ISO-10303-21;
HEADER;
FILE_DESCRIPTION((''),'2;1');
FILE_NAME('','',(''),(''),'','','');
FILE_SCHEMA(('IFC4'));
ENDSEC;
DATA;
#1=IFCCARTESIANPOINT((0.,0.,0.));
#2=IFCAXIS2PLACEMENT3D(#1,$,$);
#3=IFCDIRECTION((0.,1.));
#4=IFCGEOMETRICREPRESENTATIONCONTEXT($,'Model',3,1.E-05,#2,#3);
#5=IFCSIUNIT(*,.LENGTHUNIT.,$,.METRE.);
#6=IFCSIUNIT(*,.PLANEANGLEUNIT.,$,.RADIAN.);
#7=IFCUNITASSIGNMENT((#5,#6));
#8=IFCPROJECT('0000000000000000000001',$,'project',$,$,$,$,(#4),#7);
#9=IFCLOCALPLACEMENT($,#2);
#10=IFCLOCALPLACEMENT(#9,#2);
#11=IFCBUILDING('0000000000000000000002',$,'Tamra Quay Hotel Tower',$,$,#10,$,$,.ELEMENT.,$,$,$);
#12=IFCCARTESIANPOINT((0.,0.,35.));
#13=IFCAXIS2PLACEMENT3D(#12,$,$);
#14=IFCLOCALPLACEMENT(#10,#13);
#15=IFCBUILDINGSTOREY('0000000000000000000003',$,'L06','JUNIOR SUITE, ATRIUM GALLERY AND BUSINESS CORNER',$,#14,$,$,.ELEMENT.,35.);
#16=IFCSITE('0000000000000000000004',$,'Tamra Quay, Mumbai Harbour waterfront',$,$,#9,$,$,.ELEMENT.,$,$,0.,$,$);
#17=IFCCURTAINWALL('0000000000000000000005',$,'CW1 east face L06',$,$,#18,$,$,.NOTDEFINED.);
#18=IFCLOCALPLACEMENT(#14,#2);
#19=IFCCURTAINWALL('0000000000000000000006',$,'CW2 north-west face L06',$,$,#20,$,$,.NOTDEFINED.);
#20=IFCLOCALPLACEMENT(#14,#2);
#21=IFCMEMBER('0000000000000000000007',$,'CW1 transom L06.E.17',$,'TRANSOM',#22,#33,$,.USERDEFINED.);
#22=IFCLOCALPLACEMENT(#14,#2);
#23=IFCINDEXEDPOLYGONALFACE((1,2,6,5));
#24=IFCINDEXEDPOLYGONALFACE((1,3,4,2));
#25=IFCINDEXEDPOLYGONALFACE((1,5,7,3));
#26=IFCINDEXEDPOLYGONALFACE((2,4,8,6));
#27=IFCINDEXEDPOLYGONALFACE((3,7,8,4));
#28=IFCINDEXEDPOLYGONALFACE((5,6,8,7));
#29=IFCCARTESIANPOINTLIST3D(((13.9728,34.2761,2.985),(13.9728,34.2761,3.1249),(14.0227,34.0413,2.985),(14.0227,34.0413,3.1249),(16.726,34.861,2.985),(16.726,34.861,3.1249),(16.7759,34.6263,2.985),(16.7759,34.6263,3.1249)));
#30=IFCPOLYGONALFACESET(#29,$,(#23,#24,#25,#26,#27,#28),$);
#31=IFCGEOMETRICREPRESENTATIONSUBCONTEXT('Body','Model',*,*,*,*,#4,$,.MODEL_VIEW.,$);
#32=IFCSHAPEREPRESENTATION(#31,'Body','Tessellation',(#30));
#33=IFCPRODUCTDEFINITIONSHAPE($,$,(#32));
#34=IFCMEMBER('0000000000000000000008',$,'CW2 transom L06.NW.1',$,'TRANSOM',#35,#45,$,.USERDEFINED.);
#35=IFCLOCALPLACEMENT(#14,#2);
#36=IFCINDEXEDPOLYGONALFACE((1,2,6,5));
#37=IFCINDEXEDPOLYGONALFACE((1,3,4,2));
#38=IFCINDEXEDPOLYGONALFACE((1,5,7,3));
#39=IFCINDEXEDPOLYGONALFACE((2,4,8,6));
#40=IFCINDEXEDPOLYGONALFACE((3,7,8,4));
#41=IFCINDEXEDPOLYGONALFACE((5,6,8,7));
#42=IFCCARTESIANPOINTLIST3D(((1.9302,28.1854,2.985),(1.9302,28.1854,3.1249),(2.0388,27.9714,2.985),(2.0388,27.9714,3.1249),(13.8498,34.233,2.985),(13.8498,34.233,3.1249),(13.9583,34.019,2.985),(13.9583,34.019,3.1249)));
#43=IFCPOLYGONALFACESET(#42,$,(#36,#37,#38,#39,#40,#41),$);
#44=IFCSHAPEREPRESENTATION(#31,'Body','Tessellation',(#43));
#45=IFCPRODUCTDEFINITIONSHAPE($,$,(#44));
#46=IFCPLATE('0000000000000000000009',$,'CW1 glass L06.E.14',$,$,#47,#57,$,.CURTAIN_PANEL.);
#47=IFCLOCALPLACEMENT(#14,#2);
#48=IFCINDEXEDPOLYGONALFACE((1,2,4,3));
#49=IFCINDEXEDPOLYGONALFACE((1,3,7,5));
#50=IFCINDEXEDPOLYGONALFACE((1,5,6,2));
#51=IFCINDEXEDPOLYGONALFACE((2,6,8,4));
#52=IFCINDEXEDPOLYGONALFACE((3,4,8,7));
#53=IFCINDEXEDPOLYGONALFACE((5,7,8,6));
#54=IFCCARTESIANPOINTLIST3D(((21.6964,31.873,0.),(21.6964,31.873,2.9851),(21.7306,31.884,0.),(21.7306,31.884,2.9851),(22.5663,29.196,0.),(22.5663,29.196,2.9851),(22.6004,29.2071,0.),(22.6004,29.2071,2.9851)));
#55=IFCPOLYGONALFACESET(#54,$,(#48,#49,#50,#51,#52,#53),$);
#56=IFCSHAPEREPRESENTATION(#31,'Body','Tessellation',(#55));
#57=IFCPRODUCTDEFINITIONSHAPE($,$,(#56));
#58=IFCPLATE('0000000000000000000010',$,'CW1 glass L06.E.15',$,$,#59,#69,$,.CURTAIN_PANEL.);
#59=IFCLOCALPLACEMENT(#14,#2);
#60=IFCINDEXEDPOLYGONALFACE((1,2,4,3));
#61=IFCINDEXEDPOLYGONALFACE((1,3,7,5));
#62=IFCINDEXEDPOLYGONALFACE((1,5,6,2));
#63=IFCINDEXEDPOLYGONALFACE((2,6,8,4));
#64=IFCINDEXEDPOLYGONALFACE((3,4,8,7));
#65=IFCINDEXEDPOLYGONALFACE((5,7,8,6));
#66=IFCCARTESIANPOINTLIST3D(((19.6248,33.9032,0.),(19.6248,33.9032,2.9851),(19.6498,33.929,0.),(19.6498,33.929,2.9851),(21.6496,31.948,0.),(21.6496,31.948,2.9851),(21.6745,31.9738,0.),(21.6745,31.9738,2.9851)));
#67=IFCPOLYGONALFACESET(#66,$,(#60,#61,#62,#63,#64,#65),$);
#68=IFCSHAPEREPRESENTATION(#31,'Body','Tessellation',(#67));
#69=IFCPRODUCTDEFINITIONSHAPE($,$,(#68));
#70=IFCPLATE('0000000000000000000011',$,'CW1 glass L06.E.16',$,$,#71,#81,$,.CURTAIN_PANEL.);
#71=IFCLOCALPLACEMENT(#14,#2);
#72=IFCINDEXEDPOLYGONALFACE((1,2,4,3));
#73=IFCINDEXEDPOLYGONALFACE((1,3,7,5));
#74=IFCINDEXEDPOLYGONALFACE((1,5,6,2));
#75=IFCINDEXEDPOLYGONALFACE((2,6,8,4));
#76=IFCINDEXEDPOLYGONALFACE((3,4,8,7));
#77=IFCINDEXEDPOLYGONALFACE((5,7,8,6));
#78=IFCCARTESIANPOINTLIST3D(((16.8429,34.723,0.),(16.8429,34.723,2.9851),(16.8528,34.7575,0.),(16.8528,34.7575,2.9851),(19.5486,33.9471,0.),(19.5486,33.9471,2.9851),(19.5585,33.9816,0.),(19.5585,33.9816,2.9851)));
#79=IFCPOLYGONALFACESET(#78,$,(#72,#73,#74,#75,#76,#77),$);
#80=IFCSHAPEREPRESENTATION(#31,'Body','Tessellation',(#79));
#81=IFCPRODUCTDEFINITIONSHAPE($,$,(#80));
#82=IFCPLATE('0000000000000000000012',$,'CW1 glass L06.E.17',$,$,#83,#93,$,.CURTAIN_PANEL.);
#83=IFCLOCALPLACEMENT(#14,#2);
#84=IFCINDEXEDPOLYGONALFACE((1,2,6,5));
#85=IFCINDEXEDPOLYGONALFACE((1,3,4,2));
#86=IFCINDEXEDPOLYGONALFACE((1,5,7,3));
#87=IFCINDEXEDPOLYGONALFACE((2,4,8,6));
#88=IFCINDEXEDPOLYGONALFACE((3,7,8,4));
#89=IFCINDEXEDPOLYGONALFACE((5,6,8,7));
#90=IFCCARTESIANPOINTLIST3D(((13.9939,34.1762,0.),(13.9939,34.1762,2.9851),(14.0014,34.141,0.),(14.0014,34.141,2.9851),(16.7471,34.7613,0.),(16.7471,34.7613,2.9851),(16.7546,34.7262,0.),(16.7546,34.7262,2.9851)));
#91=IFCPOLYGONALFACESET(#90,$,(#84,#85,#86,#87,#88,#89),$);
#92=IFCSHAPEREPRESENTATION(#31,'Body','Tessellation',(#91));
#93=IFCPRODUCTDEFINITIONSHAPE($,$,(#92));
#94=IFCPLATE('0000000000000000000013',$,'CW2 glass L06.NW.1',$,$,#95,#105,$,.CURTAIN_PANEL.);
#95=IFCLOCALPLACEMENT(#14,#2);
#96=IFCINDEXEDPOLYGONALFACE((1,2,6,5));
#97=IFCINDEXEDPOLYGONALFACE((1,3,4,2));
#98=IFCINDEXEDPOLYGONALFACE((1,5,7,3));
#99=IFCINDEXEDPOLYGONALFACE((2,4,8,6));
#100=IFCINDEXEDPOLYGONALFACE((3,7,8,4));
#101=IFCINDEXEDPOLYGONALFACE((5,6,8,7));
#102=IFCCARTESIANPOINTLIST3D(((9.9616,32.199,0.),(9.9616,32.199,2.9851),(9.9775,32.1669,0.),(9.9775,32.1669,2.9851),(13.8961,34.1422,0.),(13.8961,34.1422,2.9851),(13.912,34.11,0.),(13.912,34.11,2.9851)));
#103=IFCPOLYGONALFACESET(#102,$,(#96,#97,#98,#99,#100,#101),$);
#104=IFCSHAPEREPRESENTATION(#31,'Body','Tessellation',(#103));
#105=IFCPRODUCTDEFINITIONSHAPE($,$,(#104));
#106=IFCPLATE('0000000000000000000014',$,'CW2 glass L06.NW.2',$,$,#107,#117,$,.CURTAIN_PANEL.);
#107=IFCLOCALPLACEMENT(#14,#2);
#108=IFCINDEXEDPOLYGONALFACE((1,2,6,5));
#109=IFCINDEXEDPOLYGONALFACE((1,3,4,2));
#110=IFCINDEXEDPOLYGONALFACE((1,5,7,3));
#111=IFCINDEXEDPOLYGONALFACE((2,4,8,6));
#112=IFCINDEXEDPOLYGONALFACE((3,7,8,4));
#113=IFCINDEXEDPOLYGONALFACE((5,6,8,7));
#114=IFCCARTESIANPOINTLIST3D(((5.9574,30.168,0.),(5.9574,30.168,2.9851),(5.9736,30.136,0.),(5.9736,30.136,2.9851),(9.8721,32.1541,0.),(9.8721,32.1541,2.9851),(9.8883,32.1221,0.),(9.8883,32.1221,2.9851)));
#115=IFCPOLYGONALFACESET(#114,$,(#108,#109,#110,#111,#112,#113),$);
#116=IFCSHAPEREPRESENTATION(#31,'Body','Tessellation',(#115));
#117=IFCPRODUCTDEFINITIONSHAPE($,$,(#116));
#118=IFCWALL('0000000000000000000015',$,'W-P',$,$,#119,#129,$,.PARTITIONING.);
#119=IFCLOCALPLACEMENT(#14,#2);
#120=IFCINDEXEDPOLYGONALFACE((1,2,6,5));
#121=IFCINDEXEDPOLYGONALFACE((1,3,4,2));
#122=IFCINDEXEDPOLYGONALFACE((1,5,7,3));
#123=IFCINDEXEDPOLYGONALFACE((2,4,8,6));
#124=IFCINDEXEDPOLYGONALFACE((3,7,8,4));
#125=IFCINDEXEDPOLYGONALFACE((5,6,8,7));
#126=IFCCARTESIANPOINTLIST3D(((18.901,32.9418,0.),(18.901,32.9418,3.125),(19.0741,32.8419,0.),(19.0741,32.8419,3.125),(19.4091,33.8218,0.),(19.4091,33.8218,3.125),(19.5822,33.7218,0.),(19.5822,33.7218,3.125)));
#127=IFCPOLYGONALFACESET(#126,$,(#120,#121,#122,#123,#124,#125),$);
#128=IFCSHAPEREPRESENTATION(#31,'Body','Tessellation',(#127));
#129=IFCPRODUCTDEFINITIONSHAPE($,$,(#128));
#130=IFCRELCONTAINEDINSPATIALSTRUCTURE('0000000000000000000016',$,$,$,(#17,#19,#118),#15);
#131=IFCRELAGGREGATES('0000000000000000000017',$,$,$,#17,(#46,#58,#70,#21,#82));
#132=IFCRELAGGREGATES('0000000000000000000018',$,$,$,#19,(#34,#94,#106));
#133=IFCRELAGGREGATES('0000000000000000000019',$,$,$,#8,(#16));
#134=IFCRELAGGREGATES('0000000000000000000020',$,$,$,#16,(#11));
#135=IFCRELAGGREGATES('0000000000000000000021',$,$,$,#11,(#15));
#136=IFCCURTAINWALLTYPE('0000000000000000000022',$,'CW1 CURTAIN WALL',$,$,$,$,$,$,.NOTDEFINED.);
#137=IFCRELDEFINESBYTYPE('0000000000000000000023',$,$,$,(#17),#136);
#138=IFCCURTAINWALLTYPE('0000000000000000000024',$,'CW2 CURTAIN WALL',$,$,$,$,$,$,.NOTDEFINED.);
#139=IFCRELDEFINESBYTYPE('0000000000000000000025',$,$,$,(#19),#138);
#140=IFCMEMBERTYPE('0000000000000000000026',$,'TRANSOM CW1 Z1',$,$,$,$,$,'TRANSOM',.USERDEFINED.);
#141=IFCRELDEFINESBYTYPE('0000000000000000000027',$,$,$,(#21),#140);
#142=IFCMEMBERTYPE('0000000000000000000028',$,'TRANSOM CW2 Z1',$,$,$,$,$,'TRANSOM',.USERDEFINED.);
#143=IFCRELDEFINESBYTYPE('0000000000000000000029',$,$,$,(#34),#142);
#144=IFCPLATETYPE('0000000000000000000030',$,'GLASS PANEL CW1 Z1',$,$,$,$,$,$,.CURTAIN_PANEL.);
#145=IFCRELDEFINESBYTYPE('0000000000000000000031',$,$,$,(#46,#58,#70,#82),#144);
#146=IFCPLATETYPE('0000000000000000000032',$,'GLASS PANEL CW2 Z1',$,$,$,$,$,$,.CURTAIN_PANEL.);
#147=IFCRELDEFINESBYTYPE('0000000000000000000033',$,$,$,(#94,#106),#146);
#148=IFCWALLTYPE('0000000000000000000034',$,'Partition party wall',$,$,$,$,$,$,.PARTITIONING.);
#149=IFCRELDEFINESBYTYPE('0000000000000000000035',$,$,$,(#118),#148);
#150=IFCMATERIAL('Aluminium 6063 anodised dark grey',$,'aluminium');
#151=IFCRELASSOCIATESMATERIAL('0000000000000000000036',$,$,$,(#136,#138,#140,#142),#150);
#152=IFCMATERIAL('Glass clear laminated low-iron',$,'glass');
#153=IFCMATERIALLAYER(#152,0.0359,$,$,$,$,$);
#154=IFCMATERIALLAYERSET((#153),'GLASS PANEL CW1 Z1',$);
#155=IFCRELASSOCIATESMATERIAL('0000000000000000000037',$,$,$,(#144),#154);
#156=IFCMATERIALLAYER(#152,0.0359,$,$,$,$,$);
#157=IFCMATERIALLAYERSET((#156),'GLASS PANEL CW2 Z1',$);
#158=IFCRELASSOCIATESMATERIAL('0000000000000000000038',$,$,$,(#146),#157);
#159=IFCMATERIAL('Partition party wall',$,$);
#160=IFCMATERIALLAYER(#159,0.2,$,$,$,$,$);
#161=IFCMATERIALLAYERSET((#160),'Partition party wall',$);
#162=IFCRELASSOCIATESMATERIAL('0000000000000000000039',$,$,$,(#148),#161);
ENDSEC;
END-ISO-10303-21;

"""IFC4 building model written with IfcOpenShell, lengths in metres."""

from ifc_helpers import new_model, si_unit, direction, frame, frame_2d, origin, origin_2d, place, context, subcontext, project, spatial, rectangle, extrude, material, layer, layer_set, material_profile, profile_set, type_object, element, aggregate, save


model = new_model("IFC4")

# Units and contexts
model_context = context("Model", 3, precision=1e-05, world=origin(), true_north=direction((0.0, 1.0)))
body_context = subcontext(model_context, "Body", "Model", "MODEL_VIEW")
ifc_project = project(units=[si_unit("LENGTHUNIT", "METRE"), si_unit("PLANEANGLEUNIT", "RADIAN")], contexts=[model_context])

# Site, building, storey
site_placement = place(None, origin())
site = spatial("IfcSite", under=ifc_project, at=site_placement, Name="Tamra Quay, Mumbai Harbour waterfront", CompositionType="ELEMENT", RefElevation=0.0)
building_placement = place(site_placement, origin())
building = spatial("IfcBuilding", under=site, at=building_placement, Name="Tamra Quay Hotel Tower", CompositionType="ELEMENT")
storey_placement = place(building_placement, frame((0.0, 0.0, 35.0)))
storey = spatial("IfcBuildingStorey", under=building, at=storey_placement, Name="L06", Description="JUNIOR SUITE, ATRIUM GALLERY AND BUSINESS CORNER", CompositionType="ELEMENT", Elevation=35.0)

# Curtain walls
ifc_material_1 = material(Name="Aluminium 6063 anodised dark grey", Category="aluminium")
curtain_wall_type_1 = type_object("IfcCurtainWallType", Name="CW1 CURTAIN WALL", PredefinedType="NOTDEFINED", material=ifc_material_1)
curtain_wall_1_placement = place(storey_placement, origin())
curtain_wall_1 = element("IfcCurtainWall", 1, at=curtain_wall_1_placement, inside=storey, type_object=curtain_wall_type_1, Name="CW1 east face L06", PredefinedType="NOTDEFINED")
curtain_wall_type_2 = type_object("IfcCurtainWallType", Name="CW2 CURTAIN WALL", PredefinedType="NOTDEFINED", material=ifc_material_1)
curtain_wall_2_placement = place(storey_placement, origin())
curtain_wall_2 = element("IfcCurtainWall", 2, at=curtain_wall_2_placement, inside=storey, type_object=curtain_wall_type_2, Name="CW2 north-west face L06", PredefinedType="NOTDEFINED")

# Members
ifc_material_profile_1 = material_profile(ifc_material_1, rectangle(XDim=0.24, YDim=0.1399, at=origin_2d()), Name="TRANSOM 240X140")
ifc_profile_set_1 = profile_set([ifc_material_profile_1], Name="Aluminium 6063 anodised dark grey")
member_type_1 = type_object("IfcMemberType", Name="TRANSOM CW1 Z1", ElementType="TRANSOM", PredefinedType="USERDEFINED", material=ifc_profile_set_1)
member_1_placement = place(storey_placement, frame((16.751, 34.7437, 3.0549), z_axis=(-0.978165, -0.207829, 0.0), x_axis=(0.207829, -0.978165, 0.0)))
member_1 = element("IfcMember", 3, at=member_1_placement, type_object=member_type_1, Name="CW1 transom L06.E.17", ObjectType="TRANSOM", PredefinedType="USERDEFINED", context=body_context, shape_type="SweptSolid", body=[
    extrude(rectangle(XDim=0.24, YDim=0.1399, at=origin_2d()), origin(), (0.0, 0.0, 1.0), 2.8147),
])
ifc_material_profile_2 = material_profile(ifc_material_1, rectangle(XDim=0.24, YDim=0.1399, at=origin_2d()), Name="TRANSOM 240X140")
ifc_profile_set_2 = profile_set([ifc_material_profile_2], Name="Aluminium 6063 anodised dark grey")
member_type_2 = type_object("IfcMemberType", Name="TRANSOM CW2 Z1", ElementType="TRANSOM", PredefinedType="USERDEFINED", material=ifc_profile_set_2)
member_2_placement = place(storey_placement, frame((13.9041, 34.126, 3.0549), z_axis=(-0.891785, -0.452459, 0.0), x_axis=(0.452459, -0.891785, 0.0)))
member_2 = element("IfcMember", 4, at=member_2_placement, type_object=member_type_2, Name="CW2 transom L06.NW.1", ObjectType="TRANSOM", PredefinedType="USERDEFINED", context=body_context, shape_type="SweptSolid", body=[
    extrude(rectangle(XDim=0.24, YDim=0.1399, at=origin_2d()), origin(), (0.0, 0.0, 1.0), 13.366),
])

# Plates
ifc_material_2 = material(Name="Glass clear laminated low-iron", Category="glass")
ifc_layer_1 = layer(ifc_material_2, 0.0359)
ifc_layer_set_1 = layer_set([ifc_layer_1], Name="GLASS PANEL CW1 Z1")
plate_type_1 = type_object("IfcPlateType", Name="GLASS PANEL CW1 Z1", PredefinedType="CURTAIN_PANEL", material=ifc_layer_set_1)
plate_1_placement = place(storey_placement, frame((22.1484, 30.54, 0.0), z_axis=(0.0, 0.0, 1.0), x_axis=(-0.309041, 0.951049, 0.0)))
plate_1 = element("IfcPlate", 5, at=plate_1_placement, type_object=plate_type_1, Name="CW1 glass L06.E.14", PredefinedType="CURTAIN_PANEL", context=body_context, shape_type="SweptSolid", body=[
    extrude(rectangle(XDim=2.8147, YDim=0.0359, at=origin_2d()), origin(), (0.0, 0.0, 1.0), 2.9851),
])
plate_2_placement = place(storey_placement, frame((20.6497, 32.9385, 0.0), z_axis=(0.0, 0.0, 1.0), x_axis=(-0.719346, 0.694652, 0.0)))
plate_2 = element("IfcPlate", 6, at=plate_2_placement, type_object=plate_type_1, Name="CW1 glass L06.E.15", PredefinedType="CURTAIN_PANEL", context=body_context, shape_type="SweptSolid", body=[
    extrude(rectangle(XDim=2.8147, YDim=0.0359, at=origin_2d()), origin(), (0.0, 0.0, 1.0), 2.9851),
])
plate_3_placement = place(storey_placement, frame((18.2007, 34.3523, 0.0), z_axis=(0.0, 0.0, 1.0), x_axis=(-0.961259, 0.275645, 0.0)))
plate_3 = element("IfcPlate", 7, at=plate_3_placement, type_object=plate_type_1, Name="CW1 glass L06.E.16", PredefinedType="CURTAIN_PANEL", context=body_context, shape_type="SweptSolid", body=[
    extrude(rectangle(XDim=2.8147, YDim=0.0359, at=origin_2d()), origin(), (0.0, 0.0, 1.0), 2.9851),
])
plate_4_placement = place(storey_placement, frame((15.3743, 34.4512, 0.0), z_axis=(0.0, 0.0, 1.0), x_axis=(-0.978153, -0.207887, 0.0)))
plate_4 = element("IfcPlate", 8, at=plate_4_placement, type_object=plate_type_1, Name="CW1 glass L06.E.17", PredefinedType="CURTAIN_PANEL", context=body_context, shape_type="SweptSolid", body=[
    extrude(rectangle(XDim=2.8147, YDim=0.0359, at=origin_2d()), origin(), (0.0, 0.0, 1.0), 2.9851),
])
aggregate(curtain_wall_1, [plate_1, plate_2, plate_3, member_1, plate_4])
ifc_layer_2 = layer(ifc_material_2, 0.0359)
ifc_layer_set_2 = layer_set([ifc_layer_2], Name="GLASS PANEL CW2 Z1")
plate_type_2 = type_object("IfcPlateType", Name="GLASS PANEL CW2 Z1", PredefinedType="CURTAIN_PANEL", material=ifc_layer_set_2)
plate_5_placement = place(storey_placement, frame((11.9368, 33.1545, 0.0), z_axis=(0.0, 0.0, 1.0), x_axis=(-0.896611, -0.442819, 0.0)))
plate_5 = element("IfcPlate", 9, at=plate_5_placement, type_object=plate_type_2, Name="CW2 glass L06.NW.1", PredefinedType="CURTAIN_PANEL", context=body_context, shape_type="SweptSolid", body=[
    extrude(rectangle(XDim=4.3882, YDim=0.0359, at=origin_2d()), origin(), (0.0, 0.0, 1.0), 2.9851),
])
plate_6_placement = place(storey_placement, frame((7.9229, 31.145, 0.0), z_axis=(0.0, 0.0, 1.0), x_axis=(-0.89179, -0.45245, 0.0)))
plate_6 = element("IfcPlate", 10, at=plate_6_placement, type_object=plate_type_2, Name="CW2 glass L06.NW.2", PredefinedType="CURTAIN_PANEL", context=body_context, shape_type="SweptSolid", body=[
    extrude(rectangle(XDim=4.3896, YDim=0.0359, at=origin_2d()), origin(), (0.0, 0.0, 1.0), 2.9851),
])
aggregate(curtain_wall_2, [member_2, plate_5, plate_6])

# Wall
ifc_material_3 = material(Name="Partition party wall")
ifc_layer_3 = layer(ifc_material_3, 0.2)
ifc_layer_set_3 = layer_set([ifc_layer_3], Name="Partition party wall")
wall_type = type_object("IfcWallType", Name="Partition party wall", PredefinedType="PARTITIONING", material=ifc_layer_set_3)
wall_placement = place(storey_placement, frame((18.9875, 32.8918, 0.0), z_axis=(0.0, 0.0, 1.0), x_axis=(0.500041, 0.866002, 0.0)))
element("IfcWall", 11, at=wall_placement, inside=storey, type_object=wall_type, Name="W-P", PredefinedType="PARTITIONING", context=body_context, shape_type="SweptSolid", body=[
    extrude(rectangle(XDim=1.0161, YDim=0.2, at=frame_2d((0.5081, 0.0))), origin(), (0.0, 0.0, 1.0), 3.125),
])

save(model, "model.ifc")
